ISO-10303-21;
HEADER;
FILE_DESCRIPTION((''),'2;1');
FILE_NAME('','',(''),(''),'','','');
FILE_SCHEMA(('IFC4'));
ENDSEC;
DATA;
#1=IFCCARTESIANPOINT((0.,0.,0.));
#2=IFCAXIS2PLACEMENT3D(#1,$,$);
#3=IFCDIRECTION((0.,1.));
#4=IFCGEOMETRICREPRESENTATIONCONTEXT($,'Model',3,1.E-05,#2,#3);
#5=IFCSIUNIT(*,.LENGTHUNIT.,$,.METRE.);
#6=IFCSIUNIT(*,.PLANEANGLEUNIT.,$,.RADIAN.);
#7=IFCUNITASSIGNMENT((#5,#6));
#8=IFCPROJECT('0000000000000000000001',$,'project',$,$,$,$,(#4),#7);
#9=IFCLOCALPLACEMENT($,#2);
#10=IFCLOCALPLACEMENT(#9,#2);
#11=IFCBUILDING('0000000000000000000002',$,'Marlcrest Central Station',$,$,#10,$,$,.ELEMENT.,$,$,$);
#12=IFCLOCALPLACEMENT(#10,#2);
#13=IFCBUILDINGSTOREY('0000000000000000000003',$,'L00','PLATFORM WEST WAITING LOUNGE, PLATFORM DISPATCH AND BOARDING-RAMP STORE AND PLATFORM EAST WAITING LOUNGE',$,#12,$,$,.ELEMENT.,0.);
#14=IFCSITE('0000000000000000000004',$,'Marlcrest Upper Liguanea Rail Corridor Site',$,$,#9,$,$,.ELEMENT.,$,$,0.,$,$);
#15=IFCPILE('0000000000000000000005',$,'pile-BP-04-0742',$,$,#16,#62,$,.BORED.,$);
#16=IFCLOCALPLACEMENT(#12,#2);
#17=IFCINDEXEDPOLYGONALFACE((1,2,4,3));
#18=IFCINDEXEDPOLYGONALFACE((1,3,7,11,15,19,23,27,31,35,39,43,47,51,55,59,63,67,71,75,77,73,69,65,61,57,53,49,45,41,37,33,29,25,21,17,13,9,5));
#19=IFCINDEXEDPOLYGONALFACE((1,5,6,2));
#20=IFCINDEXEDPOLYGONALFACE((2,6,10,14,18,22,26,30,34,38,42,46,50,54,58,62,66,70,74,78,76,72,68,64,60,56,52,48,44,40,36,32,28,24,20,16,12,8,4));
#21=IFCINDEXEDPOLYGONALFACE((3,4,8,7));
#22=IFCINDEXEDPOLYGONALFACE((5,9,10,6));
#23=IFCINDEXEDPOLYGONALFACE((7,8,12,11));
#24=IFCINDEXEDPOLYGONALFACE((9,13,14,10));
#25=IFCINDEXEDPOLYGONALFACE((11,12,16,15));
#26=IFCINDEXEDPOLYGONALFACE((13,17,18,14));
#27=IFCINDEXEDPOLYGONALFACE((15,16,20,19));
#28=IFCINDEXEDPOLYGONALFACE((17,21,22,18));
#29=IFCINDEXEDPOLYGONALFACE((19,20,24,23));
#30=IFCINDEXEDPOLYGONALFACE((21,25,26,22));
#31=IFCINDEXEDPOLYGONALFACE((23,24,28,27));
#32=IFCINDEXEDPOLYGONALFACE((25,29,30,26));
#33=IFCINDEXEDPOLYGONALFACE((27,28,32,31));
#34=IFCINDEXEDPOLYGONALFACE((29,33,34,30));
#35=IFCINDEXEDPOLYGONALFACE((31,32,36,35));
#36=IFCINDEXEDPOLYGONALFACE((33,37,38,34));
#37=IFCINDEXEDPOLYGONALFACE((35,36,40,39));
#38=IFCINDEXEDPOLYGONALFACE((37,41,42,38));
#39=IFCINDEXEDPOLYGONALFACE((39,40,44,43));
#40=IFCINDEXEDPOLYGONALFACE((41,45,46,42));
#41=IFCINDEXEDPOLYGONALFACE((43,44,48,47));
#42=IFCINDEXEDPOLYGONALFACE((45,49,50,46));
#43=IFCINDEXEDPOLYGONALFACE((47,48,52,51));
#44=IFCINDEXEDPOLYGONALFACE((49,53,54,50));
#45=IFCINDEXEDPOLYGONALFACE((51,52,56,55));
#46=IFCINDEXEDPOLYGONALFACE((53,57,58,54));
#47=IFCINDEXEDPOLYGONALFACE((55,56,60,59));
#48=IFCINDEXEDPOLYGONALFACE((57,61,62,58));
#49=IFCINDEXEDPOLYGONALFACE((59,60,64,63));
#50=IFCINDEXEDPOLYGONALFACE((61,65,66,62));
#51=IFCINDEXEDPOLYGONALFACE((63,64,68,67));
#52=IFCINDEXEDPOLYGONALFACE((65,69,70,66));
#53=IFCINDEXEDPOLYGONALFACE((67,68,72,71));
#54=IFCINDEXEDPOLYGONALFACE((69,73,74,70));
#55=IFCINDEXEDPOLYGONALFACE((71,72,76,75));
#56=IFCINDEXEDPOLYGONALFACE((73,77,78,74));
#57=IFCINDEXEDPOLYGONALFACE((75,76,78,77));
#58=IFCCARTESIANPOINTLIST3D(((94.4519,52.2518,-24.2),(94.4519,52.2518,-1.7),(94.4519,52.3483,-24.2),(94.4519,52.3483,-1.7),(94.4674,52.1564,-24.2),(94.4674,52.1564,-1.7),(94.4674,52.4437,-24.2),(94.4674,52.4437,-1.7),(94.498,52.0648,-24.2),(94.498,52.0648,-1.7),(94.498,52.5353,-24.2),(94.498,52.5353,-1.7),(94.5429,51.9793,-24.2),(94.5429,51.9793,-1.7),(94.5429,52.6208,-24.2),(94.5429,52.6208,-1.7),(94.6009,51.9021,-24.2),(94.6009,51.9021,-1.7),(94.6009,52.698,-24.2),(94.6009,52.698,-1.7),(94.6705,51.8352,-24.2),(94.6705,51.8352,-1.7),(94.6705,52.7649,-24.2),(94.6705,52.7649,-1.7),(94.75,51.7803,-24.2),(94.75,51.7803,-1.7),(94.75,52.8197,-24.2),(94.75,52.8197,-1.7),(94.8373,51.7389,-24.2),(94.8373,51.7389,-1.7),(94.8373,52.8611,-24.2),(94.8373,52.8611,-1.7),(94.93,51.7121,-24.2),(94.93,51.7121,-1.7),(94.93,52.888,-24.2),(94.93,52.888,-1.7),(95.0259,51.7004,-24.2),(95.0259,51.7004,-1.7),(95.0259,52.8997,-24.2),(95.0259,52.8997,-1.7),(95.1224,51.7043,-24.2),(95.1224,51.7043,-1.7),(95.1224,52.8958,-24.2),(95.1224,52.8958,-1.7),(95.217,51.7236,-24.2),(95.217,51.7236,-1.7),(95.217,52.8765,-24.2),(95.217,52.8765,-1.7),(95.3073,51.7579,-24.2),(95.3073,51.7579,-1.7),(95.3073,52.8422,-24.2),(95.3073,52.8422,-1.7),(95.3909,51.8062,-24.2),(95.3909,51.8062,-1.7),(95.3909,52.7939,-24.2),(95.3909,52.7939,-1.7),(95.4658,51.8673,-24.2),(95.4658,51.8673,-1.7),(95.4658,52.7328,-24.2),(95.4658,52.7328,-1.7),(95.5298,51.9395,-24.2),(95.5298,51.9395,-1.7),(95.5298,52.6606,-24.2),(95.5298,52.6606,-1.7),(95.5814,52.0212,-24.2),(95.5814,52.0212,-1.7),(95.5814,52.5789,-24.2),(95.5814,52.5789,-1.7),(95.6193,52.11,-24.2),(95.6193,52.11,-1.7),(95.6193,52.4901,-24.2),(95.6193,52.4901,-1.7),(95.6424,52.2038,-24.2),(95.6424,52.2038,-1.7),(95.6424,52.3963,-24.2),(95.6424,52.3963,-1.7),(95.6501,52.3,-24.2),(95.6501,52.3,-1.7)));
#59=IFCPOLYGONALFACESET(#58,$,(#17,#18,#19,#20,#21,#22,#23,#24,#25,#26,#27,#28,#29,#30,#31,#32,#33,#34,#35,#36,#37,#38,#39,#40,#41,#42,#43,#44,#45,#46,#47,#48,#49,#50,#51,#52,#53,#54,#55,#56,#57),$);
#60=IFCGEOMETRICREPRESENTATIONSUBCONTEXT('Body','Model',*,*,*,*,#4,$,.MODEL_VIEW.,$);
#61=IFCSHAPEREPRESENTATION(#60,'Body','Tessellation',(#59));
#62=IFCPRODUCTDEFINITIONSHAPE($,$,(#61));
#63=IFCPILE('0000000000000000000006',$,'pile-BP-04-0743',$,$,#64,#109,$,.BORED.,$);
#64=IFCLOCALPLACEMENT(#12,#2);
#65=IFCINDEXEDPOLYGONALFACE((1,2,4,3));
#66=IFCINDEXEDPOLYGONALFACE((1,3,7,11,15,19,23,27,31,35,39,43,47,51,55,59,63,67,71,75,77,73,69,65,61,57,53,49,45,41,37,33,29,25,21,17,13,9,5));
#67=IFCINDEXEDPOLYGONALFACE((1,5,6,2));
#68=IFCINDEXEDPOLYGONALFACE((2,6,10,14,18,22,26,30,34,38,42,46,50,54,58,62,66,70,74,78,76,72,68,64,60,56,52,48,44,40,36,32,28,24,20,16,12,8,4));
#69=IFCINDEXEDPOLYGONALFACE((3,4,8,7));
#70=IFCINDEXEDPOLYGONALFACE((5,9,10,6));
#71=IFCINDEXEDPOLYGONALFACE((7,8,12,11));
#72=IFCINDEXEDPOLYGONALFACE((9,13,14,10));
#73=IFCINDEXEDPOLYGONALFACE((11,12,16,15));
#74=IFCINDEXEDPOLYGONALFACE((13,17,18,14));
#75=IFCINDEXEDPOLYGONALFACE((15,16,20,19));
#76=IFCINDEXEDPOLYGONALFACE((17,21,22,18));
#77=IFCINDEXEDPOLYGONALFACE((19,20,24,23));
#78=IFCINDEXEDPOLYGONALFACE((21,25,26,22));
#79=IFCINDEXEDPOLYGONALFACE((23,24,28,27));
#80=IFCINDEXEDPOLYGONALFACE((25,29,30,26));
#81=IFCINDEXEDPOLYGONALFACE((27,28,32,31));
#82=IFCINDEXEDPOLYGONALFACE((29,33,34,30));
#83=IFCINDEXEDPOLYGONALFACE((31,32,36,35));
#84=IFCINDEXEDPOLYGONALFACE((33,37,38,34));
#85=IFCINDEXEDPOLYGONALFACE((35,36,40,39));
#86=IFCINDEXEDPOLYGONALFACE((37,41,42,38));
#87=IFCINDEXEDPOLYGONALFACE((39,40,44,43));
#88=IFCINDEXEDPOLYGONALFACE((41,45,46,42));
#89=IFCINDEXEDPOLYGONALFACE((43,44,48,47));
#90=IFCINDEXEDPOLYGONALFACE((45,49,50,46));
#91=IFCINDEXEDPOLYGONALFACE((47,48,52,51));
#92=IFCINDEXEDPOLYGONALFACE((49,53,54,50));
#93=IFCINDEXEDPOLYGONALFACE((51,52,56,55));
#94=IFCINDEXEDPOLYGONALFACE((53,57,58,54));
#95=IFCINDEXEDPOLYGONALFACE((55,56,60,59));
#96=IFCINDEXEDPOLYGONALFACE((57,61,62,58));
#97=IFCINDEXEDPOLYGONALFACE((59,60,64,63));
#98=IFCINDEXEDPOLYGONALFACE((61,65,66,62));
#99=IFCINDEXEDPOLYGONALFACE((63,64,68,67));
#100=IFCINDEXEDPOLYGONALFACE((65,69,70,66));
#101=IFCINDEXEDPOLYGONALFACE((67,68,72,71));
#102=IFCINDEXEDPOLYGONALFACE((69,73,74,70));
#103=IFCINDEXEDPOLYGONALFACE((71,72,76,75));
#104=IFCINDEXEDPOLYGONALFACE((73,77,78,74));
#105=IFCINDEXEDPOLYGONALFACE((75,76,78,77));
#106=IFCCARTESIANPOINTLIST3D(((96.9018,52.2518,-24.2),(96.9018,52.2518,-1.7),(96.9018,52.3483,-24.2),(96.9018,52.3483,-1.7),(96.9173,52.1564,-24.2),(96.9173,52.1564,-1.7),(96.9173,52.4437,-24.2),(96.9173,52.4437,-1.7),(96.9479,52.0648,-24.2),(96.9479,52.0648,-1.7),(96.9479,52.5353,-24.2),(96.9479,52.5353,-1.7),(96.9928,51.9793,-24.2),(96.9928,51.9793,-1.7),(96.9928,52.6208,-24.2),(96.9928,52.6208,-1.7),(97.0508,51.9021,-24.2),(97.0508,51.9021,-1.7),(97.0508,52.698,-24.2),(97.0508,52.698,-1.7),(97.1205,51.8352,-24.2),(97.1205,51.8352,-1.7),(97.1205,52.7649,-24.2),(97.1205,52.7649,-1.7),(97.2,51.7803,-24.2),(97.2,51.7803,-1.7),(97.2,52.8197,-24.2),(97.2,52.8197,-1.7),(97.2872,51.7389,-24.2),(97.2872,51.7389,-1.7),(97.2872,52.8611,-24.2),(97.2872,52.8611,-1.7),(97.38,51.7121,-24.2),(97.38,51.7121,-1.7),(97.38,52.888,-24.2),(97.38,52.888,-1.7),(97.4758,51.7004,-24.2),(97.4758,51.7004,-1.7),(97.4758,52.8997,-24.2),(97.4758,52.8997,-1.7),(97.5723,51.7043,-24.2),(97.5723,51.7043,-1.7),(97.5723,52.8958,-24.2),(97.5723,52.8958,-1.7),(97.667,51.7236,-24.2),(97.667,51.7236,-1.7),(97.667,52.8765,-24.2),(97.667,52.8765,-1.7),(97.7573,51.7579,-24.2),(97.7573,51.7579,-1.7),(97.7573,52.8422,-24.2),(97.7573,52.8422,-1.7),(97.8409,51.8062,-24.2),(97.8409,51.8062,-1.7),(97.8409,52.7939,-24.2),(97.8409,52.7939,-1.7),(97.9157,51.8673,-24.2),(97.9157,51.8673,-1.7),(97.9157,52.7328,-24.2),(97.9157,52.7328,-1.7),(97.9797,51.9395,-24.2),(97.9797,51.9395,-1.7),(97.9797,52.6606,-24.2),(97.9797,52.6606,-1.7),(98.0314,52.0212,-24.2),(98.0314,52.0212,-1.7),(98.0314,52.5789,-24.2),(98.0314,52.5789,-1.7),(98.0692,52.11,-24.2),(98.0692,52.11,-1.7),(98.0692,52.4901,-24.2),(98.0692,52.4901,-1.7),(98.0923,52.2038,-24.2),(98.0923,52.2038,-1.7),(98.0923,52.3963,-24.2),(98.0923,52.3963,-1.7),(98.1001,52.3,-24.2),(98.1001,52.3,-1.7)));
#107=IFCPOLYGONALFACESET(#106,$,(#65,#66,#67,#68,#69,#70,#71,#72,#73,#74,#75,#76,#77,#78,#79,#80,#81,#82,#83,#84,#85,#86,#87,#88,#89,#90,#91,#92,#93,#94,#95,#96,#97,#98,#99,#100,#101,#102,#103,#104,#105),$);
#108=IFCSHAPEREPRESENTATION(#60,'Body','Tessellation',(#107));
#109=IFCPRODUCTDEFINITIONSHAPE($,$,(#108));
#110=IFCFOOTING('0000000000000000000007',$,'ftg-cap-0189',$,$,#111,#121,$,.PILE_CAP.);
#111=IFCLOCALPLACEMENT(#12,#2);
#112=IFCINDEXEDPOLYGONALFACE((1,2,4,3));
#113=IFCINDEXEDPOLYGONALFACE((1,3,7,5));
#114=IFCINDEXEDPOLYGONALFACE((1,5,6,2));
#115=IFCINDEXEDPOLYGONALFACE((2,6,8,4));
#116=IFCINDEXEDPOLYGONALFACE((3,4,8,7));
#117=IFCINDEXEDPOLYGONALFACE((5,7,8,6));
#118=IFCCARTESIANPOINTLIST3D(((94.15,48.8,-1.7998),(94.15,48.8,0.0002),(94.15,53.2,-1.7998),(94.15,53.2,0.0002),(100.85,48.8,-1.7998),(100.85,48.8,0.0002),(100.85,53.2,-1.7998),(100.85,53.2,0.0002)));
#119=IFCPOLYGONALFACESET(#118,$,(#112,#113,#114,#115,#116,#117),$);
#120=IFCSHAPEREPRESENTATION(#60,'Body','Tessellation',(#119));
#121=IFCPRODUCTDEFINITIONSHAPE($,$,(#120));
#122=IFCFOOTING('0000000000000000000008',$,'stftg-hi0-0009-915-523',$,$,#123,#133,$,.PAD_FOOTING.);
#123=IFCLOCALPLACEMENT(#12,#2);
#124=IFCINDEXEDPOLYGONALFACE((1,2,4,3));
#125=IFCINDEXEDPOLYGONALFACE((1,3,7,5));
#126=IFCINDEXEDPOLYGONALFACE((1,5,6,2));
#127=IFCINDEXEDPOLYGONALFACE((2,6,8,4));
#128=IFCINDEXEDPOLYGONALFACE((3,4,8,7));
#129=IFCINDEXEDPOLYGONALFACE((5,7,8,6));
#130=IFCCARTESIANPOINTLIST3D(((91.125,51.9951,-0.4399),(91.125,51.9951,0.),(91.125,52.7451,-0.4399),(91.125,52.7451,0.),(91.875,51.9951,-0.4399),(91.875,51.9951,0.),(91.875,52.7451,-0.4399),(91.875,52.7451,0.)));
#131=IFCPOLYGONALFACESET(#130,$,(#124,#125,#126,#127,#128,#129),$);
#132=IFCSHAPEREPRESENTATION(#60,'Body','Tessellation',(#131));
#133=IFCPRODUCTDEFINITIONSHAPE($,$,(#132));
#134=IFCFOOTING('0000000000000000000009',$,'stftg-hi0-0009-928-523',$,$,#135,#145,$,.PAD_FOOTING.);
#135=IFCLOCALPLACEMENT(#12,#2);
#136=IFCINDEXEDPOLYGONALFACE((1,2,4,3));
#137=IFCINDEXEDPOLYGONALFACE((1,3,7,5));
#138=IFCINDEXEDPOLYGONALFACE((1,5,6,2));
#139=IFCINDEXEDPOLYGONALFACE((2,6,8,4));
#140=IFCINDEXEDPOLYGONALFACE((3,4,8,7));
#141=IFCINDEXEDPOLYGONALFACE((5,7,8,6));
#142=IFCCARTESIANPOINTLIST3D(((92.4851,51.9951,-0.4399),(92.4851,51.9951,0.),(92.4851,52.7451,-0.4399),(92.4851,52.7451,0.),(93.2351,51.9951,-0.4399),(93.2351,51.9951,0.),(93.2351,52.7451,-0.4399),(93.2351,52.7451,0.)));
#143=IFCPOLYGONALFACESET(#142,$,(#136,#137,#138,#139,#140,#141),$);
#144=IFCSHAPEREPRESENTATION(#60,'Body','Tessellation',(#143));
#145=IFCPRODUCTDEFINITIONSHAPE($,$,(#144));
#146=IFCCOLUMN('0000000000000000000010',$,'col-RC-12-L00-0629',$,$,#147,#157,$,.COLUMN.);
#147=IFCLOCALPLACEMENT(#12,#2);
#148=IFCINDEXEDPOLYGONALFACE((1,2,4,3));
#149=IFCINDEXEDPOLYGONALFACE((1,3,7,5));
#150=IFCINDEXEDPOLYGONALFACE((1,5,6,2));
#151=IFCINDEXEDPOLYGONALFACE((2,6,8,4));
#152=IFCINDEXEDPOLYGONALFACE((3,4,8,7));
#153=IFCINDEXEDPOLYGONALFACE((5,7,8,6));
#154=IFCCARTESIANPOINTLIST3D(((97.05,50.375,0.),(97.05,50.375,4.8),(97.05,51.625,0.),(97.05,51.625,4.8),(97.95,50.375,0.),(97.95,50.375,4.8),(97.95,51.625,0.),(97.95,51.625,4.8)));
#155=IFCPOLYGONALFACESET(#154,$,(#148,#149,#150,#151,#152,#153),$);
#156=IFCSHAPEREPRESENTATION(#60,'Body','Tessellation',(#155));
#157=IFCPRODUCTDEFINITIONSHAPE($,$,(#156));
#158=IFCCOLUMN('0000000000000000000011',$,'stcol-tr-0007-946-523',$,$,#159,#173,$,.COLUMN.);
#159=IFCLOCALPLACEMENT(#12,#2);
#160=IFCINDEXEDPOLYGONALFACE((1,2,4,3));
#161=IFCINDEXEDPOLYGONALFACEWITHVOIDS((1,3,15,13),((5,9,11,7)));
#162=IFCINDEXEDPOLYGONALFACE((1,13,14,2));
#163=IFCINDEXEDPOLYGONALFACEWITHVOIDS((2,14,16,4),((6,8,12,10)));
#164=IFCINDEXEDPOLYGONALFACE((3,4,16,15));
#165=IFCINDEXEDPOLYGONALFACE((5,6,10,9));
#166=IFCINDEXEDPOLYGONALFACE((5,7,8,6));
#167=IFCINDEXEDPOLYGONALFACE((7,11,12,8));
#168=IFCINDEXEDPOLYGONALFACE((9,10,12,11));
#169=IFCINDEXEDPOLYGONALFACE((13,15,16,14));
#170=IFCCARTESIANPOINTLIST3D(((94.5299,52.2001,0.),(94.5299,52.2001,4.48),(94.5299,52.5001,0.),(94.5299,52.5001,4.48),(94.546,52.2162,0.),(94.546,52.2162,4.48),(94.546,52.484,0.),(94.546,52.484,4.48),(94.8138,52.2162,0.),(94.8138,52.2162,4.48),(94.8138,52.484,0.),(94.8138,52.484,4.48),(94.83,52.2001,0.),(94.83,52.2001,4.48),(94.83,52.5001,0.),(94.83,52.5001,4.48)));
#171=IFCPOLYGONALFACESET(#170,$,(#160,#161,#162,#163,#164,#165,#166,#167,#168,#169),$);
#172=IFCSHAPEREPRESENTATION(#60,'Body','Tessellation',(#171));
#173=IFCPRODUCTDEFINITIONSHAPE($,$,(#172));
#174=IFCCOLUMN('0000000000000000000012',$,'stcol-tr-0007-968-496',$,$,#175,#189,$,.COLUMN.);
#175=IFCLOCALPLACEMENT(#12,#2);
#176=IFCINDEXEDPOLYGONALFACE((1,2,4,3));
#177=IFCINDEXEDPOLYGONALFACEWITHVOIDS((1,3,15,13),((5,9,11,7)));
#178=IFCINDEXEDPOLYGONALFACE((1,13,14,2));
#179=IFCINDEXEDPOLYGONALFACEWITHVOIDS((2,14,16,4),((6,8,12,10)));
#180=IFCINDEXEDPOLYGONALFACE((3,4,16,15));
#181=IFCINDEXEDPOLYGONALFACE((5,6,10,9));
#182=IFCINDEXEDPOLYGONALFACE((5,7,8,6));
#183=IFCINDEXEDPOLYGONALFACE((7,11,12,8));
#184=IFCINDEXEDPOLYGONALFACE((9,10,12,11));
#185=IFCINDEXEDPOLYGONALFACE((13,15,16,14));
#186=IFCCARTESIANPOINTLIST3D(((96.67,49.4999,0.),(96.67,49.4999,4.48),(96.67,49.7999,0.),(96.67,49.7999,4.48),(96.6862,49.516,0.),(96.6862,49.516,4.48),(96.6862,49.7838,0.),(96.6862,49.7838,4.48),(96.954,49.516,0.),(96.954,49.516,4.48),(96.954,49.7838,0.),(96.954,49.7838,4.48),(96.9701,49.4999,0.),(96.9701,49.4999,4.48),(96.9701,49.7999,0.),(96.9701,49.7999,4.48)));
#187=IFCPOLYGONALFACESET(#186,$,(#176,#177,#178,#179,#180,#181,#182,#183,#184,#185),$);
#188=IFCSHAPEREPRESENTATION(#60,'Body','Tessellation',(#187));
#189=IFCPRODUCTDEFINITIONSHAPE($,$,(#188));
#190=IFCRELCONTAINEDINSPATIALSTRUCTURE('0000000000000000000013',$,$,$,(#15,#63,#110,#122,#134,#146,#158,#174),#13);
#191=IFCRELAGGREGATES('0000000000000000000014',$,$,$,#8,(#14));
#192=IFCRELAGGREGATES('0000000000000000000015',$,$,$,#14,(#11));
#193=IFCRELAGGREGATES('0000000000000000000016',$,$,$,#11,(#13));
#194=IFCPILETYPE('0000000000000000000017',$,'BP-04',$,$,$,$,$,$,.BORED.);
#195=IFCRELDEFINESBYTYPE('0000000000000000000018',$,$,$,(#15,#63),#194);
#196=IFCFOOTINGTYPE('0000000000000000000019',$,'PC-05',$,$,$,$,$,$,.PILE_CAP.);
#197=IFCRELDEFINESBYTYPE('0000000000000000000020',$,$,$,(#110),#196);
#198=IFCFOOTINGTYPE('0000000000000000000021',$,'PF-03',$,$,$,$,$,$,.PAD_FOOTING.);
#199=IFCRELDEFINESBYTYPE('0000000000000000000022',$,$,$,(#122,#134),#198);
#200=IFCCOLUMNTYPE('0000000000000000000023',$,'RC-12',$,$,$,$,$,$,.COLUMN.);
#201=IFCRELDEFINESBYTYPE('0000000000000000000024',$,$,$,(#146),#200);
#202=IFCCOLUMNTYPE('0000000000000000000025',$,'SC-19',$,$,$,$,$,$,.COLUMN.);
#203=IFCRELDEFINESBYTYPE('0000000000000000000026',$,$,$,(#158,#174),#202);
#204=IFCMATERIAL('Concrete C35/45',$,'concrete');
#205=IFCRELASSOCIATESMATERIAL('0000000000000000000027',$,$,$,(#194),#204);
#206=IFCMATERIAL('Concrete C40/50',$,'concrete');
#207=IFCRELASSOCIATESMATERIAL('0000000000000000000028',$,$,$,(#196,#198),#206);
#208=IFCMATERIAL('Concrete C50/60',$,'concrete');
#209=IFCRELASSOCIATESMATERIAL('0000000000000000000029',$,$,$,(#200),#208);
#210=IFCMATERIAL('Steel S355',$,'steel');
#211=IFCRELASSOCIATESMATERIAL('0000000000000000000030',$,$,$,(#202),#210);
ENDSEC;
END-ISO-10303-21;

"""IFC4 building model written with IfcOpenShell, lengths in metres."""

from ifc_helpers import new_model, si_unit, direction, frame, origin, origin_2d, place, context, subcontext, project, spatial, rectangle, hollow_rectangle, circle, extrude, material, material_profile, profile_set, type_object, element, save


model = new_model("IFC4")

# Units and contexts
model_context = context("Model", 3, precision=1e-05, world=origin(), true_north=direction((0.0, 1.0)))
body_context = subcontext(model_context, "Body", "Model", "MODEL_VIEW")
ifc_project = project(units=[si_unit("LENGTHUNIT", "METRE"), si_unit("PLANEANGLEUNIT", "RADIAN")], contexts=[model_context])

# Site, building, storey
site_placement = place(None, origin())
site = spatial("IfcSite", under=ifc_project, at=site_placement, Name="Marlcrest Upper Liguanea Rail Corridor Site", CompositionType="ELEMENT", RefElevation=0.0)
building_placement = place(site_placement, origin())
building = spatial("IfcBuilding", under=site, at=building_placement, Name="Marlcrest Central Station", CompositionType="ELEMENT")
storey_placement = place(building_placement, origin())
storey = spatial("IfcBuildingStorey", under=building, at=storey_placement, Name="L00", Description="PLATFORM WEST WAITING LOUNGE, PLATFORM DISPATCH AND BOARDING-RAMP STORE AND PLATFORM EAST WAITING LOUNGE", CompositionType="ELEMENT", Elevation=0.0)

# Piles
ifc_material_1 = material(Name="Concrete C35/45", Category="concrete")
ifc_material_profile_1 = material_profile(ifc_material_1, circle(Radius=0.6001, at=origin_2d()), Name="PILE D1200")
ifc_profile_set_1 = profile_set([ifc_material_profile_1], Name="Concrete C35/45")
pile_type = type_object("IfcPileType", Name="BP-04", PredefinedType="BORED", material=ifc_profile_set_1)
for number, where, z_axis, x_axis, name in (
    (1, (95.05, 52.3, -1.7), (0.0, 0.0, -1.0), (1.0, 0.0, 0.0), "pile-BP-04-0742"),
    (2, (97.5, 52.3, -1.7), (0.0, 0.0, -1.0), (1.0, 0.0, 0.0), "pile-BP-04-0743"),
):
    element("IfcPile", number, at=place(storey_placement, frame(where, z_axis=z_axis, x_axis=x_axis)), inside=storey, type_object=pile_type, Name=name, PredefinedType="BORED", context=body_context, shape_type="SweptSolid", body=[
        extrude(circle(Radius=0.6001, at=origin_2d()), origin(), (0.0, 0.0, 1.0), 22.5),
    ])

# Footings
ifc_material_2 = material(Name="Concrete C40/50", Category="concrete")
footing_type_1 = type_object("IfcFootingType", Name="PC-05", PredefinedType="PILE_CAP", material=ifc_material_2)
footing_placement = place(storey_placement, frame((97.5, 51.0, -1.7998), z_axis=(0.0, 0.0, 1.0), x_axis=(1.0, 0.0, 0.0)))
element("IfcFooting", 3, at=footing_placement, inside=storey, type_object=footing_type_1, Name="ftg-cap-0189", PredefinedType="PILE_CAP", context=body_context, shape_type="SweptSolid", body=[
    extrude(rectangle(XDim=6.7, YDim=4.3999, at=origin_2d()), origin(), (0.0, 0.0, 1.0), 1.8),
])
footing_type_2 = type_object("IfcFootingType", Name="PF-03", PredefinedType="PAD_FOOTING", material=ifc_material_2)
for number, where, z_axis, x_axis, name in (
    (4, (91.5, 52.3701, -0.4399), (0.0, 0.0, 1.0), (1.0, 0.0, 0.0), "stftg-hi0-0009-915-523"),
    (5, (92.8601, 52.3701, -0.4399), (0.0, 0.0, 1.0), (1.0, 0.0, 0.0), "stftg-hi0-0009-928-523"),
):
    element("IfcFooting", number, at=place(storey_placement, frame(where, z_axis=z_axis, x_axis=x_axis)), inside=storey, type_object=footing_type_2, Name=name, PredefinedType="PAD_FOOTING", context=body_context, shape_type="SweptSolid", body=[
        extrude(rectangle(XDim=0.75, YDim=0.75, at=origin_2d()), origin(), (0.0, 0.0, 1.0), 0.4399),
    ])

# Columns
ifc_material_3 = material(Name="Concrete C50/60", Category="concrete")
ifc_material_profile_2 = material_profile(ifc_material_3, rectangle(XDim=0.8999, YDim=1.25, at=origin_2d()), Name="RC 900x1250")
ifc_profile_set_2 = profile_set([ifc_material_profile_2], Name="Concrete C50/60")
column_type_1 = type_object("IfcColumnType", Name="RC-12", PredefinedType="COLUMN", material=ifc_profile_set_2)
column_1_placement = place(storey_placement, frame((97.5, 51.0, 0.0), z_axis=(0.0, 0.0, 1.0), x_axis=(1.0, 0.0, 0.0)))
element("IfcColumn", 6, at=column_1_placement, inside=storey, type_object=column_type_1, Name="col-RC-12-L00-0629", PredefinedType="COLUMN", context=body_context, shape_type="SweptSolid", body=[
    extrude(rectangle(XDim=0.8999, YDim=1.25, at=origin_2d()), origin(), (0.0, 0.0, 1.0), 4.8),
])
ifc_material_4 = material(Name="Steel S355", Category="steel")
ifc_material_profile_3 = material_profile(ifc_material_4, hollow_rectangle(XDim=0.3, YDim=0.3, WallThickness=0.0161, at=origin_2d()), Name="SHS 300x300x16")
ifc_profile_set_3 = profile_set([ifc_material_profile_3], Name="Steel S355")
column_type_2 = type_object("IfcColumnType", Name="SC-19", PredefinedType="COLUMN", material=ifc_profile_set_3)
for number, where, z_axis, x_axis, name in (
    (7, (94.6799, 52.3501, 0.0), (0.0, 0.0, 1.0), (1.0, 0.0, 0.0), "stcol-tr-0007-946-523"),
    (8, (96.8201, 49.6499, 0.0), (0.0, 0.0, 1.0), (1.0, 0.0, 0.0), "stcol-tr-0007-968-496"),
):
    element("IfcColumn", number, at=place(storey_placement, frame(where, z_axis=z_axis, x_axis=x_axis)), inside=storey, type_object=column_type_2, Name=name, PredefinedType="COLUMN", context=body_context, shape_type="SweptSolid", body=[
        extrude(hollow_rectangle(XDim=0.3, YDim=0.3, WallThickness=0.0161, at=origin_2d()), origin(), (0.0, 0.0, 1.0), 4.48),
    ])

save(model, "model.ifc")
